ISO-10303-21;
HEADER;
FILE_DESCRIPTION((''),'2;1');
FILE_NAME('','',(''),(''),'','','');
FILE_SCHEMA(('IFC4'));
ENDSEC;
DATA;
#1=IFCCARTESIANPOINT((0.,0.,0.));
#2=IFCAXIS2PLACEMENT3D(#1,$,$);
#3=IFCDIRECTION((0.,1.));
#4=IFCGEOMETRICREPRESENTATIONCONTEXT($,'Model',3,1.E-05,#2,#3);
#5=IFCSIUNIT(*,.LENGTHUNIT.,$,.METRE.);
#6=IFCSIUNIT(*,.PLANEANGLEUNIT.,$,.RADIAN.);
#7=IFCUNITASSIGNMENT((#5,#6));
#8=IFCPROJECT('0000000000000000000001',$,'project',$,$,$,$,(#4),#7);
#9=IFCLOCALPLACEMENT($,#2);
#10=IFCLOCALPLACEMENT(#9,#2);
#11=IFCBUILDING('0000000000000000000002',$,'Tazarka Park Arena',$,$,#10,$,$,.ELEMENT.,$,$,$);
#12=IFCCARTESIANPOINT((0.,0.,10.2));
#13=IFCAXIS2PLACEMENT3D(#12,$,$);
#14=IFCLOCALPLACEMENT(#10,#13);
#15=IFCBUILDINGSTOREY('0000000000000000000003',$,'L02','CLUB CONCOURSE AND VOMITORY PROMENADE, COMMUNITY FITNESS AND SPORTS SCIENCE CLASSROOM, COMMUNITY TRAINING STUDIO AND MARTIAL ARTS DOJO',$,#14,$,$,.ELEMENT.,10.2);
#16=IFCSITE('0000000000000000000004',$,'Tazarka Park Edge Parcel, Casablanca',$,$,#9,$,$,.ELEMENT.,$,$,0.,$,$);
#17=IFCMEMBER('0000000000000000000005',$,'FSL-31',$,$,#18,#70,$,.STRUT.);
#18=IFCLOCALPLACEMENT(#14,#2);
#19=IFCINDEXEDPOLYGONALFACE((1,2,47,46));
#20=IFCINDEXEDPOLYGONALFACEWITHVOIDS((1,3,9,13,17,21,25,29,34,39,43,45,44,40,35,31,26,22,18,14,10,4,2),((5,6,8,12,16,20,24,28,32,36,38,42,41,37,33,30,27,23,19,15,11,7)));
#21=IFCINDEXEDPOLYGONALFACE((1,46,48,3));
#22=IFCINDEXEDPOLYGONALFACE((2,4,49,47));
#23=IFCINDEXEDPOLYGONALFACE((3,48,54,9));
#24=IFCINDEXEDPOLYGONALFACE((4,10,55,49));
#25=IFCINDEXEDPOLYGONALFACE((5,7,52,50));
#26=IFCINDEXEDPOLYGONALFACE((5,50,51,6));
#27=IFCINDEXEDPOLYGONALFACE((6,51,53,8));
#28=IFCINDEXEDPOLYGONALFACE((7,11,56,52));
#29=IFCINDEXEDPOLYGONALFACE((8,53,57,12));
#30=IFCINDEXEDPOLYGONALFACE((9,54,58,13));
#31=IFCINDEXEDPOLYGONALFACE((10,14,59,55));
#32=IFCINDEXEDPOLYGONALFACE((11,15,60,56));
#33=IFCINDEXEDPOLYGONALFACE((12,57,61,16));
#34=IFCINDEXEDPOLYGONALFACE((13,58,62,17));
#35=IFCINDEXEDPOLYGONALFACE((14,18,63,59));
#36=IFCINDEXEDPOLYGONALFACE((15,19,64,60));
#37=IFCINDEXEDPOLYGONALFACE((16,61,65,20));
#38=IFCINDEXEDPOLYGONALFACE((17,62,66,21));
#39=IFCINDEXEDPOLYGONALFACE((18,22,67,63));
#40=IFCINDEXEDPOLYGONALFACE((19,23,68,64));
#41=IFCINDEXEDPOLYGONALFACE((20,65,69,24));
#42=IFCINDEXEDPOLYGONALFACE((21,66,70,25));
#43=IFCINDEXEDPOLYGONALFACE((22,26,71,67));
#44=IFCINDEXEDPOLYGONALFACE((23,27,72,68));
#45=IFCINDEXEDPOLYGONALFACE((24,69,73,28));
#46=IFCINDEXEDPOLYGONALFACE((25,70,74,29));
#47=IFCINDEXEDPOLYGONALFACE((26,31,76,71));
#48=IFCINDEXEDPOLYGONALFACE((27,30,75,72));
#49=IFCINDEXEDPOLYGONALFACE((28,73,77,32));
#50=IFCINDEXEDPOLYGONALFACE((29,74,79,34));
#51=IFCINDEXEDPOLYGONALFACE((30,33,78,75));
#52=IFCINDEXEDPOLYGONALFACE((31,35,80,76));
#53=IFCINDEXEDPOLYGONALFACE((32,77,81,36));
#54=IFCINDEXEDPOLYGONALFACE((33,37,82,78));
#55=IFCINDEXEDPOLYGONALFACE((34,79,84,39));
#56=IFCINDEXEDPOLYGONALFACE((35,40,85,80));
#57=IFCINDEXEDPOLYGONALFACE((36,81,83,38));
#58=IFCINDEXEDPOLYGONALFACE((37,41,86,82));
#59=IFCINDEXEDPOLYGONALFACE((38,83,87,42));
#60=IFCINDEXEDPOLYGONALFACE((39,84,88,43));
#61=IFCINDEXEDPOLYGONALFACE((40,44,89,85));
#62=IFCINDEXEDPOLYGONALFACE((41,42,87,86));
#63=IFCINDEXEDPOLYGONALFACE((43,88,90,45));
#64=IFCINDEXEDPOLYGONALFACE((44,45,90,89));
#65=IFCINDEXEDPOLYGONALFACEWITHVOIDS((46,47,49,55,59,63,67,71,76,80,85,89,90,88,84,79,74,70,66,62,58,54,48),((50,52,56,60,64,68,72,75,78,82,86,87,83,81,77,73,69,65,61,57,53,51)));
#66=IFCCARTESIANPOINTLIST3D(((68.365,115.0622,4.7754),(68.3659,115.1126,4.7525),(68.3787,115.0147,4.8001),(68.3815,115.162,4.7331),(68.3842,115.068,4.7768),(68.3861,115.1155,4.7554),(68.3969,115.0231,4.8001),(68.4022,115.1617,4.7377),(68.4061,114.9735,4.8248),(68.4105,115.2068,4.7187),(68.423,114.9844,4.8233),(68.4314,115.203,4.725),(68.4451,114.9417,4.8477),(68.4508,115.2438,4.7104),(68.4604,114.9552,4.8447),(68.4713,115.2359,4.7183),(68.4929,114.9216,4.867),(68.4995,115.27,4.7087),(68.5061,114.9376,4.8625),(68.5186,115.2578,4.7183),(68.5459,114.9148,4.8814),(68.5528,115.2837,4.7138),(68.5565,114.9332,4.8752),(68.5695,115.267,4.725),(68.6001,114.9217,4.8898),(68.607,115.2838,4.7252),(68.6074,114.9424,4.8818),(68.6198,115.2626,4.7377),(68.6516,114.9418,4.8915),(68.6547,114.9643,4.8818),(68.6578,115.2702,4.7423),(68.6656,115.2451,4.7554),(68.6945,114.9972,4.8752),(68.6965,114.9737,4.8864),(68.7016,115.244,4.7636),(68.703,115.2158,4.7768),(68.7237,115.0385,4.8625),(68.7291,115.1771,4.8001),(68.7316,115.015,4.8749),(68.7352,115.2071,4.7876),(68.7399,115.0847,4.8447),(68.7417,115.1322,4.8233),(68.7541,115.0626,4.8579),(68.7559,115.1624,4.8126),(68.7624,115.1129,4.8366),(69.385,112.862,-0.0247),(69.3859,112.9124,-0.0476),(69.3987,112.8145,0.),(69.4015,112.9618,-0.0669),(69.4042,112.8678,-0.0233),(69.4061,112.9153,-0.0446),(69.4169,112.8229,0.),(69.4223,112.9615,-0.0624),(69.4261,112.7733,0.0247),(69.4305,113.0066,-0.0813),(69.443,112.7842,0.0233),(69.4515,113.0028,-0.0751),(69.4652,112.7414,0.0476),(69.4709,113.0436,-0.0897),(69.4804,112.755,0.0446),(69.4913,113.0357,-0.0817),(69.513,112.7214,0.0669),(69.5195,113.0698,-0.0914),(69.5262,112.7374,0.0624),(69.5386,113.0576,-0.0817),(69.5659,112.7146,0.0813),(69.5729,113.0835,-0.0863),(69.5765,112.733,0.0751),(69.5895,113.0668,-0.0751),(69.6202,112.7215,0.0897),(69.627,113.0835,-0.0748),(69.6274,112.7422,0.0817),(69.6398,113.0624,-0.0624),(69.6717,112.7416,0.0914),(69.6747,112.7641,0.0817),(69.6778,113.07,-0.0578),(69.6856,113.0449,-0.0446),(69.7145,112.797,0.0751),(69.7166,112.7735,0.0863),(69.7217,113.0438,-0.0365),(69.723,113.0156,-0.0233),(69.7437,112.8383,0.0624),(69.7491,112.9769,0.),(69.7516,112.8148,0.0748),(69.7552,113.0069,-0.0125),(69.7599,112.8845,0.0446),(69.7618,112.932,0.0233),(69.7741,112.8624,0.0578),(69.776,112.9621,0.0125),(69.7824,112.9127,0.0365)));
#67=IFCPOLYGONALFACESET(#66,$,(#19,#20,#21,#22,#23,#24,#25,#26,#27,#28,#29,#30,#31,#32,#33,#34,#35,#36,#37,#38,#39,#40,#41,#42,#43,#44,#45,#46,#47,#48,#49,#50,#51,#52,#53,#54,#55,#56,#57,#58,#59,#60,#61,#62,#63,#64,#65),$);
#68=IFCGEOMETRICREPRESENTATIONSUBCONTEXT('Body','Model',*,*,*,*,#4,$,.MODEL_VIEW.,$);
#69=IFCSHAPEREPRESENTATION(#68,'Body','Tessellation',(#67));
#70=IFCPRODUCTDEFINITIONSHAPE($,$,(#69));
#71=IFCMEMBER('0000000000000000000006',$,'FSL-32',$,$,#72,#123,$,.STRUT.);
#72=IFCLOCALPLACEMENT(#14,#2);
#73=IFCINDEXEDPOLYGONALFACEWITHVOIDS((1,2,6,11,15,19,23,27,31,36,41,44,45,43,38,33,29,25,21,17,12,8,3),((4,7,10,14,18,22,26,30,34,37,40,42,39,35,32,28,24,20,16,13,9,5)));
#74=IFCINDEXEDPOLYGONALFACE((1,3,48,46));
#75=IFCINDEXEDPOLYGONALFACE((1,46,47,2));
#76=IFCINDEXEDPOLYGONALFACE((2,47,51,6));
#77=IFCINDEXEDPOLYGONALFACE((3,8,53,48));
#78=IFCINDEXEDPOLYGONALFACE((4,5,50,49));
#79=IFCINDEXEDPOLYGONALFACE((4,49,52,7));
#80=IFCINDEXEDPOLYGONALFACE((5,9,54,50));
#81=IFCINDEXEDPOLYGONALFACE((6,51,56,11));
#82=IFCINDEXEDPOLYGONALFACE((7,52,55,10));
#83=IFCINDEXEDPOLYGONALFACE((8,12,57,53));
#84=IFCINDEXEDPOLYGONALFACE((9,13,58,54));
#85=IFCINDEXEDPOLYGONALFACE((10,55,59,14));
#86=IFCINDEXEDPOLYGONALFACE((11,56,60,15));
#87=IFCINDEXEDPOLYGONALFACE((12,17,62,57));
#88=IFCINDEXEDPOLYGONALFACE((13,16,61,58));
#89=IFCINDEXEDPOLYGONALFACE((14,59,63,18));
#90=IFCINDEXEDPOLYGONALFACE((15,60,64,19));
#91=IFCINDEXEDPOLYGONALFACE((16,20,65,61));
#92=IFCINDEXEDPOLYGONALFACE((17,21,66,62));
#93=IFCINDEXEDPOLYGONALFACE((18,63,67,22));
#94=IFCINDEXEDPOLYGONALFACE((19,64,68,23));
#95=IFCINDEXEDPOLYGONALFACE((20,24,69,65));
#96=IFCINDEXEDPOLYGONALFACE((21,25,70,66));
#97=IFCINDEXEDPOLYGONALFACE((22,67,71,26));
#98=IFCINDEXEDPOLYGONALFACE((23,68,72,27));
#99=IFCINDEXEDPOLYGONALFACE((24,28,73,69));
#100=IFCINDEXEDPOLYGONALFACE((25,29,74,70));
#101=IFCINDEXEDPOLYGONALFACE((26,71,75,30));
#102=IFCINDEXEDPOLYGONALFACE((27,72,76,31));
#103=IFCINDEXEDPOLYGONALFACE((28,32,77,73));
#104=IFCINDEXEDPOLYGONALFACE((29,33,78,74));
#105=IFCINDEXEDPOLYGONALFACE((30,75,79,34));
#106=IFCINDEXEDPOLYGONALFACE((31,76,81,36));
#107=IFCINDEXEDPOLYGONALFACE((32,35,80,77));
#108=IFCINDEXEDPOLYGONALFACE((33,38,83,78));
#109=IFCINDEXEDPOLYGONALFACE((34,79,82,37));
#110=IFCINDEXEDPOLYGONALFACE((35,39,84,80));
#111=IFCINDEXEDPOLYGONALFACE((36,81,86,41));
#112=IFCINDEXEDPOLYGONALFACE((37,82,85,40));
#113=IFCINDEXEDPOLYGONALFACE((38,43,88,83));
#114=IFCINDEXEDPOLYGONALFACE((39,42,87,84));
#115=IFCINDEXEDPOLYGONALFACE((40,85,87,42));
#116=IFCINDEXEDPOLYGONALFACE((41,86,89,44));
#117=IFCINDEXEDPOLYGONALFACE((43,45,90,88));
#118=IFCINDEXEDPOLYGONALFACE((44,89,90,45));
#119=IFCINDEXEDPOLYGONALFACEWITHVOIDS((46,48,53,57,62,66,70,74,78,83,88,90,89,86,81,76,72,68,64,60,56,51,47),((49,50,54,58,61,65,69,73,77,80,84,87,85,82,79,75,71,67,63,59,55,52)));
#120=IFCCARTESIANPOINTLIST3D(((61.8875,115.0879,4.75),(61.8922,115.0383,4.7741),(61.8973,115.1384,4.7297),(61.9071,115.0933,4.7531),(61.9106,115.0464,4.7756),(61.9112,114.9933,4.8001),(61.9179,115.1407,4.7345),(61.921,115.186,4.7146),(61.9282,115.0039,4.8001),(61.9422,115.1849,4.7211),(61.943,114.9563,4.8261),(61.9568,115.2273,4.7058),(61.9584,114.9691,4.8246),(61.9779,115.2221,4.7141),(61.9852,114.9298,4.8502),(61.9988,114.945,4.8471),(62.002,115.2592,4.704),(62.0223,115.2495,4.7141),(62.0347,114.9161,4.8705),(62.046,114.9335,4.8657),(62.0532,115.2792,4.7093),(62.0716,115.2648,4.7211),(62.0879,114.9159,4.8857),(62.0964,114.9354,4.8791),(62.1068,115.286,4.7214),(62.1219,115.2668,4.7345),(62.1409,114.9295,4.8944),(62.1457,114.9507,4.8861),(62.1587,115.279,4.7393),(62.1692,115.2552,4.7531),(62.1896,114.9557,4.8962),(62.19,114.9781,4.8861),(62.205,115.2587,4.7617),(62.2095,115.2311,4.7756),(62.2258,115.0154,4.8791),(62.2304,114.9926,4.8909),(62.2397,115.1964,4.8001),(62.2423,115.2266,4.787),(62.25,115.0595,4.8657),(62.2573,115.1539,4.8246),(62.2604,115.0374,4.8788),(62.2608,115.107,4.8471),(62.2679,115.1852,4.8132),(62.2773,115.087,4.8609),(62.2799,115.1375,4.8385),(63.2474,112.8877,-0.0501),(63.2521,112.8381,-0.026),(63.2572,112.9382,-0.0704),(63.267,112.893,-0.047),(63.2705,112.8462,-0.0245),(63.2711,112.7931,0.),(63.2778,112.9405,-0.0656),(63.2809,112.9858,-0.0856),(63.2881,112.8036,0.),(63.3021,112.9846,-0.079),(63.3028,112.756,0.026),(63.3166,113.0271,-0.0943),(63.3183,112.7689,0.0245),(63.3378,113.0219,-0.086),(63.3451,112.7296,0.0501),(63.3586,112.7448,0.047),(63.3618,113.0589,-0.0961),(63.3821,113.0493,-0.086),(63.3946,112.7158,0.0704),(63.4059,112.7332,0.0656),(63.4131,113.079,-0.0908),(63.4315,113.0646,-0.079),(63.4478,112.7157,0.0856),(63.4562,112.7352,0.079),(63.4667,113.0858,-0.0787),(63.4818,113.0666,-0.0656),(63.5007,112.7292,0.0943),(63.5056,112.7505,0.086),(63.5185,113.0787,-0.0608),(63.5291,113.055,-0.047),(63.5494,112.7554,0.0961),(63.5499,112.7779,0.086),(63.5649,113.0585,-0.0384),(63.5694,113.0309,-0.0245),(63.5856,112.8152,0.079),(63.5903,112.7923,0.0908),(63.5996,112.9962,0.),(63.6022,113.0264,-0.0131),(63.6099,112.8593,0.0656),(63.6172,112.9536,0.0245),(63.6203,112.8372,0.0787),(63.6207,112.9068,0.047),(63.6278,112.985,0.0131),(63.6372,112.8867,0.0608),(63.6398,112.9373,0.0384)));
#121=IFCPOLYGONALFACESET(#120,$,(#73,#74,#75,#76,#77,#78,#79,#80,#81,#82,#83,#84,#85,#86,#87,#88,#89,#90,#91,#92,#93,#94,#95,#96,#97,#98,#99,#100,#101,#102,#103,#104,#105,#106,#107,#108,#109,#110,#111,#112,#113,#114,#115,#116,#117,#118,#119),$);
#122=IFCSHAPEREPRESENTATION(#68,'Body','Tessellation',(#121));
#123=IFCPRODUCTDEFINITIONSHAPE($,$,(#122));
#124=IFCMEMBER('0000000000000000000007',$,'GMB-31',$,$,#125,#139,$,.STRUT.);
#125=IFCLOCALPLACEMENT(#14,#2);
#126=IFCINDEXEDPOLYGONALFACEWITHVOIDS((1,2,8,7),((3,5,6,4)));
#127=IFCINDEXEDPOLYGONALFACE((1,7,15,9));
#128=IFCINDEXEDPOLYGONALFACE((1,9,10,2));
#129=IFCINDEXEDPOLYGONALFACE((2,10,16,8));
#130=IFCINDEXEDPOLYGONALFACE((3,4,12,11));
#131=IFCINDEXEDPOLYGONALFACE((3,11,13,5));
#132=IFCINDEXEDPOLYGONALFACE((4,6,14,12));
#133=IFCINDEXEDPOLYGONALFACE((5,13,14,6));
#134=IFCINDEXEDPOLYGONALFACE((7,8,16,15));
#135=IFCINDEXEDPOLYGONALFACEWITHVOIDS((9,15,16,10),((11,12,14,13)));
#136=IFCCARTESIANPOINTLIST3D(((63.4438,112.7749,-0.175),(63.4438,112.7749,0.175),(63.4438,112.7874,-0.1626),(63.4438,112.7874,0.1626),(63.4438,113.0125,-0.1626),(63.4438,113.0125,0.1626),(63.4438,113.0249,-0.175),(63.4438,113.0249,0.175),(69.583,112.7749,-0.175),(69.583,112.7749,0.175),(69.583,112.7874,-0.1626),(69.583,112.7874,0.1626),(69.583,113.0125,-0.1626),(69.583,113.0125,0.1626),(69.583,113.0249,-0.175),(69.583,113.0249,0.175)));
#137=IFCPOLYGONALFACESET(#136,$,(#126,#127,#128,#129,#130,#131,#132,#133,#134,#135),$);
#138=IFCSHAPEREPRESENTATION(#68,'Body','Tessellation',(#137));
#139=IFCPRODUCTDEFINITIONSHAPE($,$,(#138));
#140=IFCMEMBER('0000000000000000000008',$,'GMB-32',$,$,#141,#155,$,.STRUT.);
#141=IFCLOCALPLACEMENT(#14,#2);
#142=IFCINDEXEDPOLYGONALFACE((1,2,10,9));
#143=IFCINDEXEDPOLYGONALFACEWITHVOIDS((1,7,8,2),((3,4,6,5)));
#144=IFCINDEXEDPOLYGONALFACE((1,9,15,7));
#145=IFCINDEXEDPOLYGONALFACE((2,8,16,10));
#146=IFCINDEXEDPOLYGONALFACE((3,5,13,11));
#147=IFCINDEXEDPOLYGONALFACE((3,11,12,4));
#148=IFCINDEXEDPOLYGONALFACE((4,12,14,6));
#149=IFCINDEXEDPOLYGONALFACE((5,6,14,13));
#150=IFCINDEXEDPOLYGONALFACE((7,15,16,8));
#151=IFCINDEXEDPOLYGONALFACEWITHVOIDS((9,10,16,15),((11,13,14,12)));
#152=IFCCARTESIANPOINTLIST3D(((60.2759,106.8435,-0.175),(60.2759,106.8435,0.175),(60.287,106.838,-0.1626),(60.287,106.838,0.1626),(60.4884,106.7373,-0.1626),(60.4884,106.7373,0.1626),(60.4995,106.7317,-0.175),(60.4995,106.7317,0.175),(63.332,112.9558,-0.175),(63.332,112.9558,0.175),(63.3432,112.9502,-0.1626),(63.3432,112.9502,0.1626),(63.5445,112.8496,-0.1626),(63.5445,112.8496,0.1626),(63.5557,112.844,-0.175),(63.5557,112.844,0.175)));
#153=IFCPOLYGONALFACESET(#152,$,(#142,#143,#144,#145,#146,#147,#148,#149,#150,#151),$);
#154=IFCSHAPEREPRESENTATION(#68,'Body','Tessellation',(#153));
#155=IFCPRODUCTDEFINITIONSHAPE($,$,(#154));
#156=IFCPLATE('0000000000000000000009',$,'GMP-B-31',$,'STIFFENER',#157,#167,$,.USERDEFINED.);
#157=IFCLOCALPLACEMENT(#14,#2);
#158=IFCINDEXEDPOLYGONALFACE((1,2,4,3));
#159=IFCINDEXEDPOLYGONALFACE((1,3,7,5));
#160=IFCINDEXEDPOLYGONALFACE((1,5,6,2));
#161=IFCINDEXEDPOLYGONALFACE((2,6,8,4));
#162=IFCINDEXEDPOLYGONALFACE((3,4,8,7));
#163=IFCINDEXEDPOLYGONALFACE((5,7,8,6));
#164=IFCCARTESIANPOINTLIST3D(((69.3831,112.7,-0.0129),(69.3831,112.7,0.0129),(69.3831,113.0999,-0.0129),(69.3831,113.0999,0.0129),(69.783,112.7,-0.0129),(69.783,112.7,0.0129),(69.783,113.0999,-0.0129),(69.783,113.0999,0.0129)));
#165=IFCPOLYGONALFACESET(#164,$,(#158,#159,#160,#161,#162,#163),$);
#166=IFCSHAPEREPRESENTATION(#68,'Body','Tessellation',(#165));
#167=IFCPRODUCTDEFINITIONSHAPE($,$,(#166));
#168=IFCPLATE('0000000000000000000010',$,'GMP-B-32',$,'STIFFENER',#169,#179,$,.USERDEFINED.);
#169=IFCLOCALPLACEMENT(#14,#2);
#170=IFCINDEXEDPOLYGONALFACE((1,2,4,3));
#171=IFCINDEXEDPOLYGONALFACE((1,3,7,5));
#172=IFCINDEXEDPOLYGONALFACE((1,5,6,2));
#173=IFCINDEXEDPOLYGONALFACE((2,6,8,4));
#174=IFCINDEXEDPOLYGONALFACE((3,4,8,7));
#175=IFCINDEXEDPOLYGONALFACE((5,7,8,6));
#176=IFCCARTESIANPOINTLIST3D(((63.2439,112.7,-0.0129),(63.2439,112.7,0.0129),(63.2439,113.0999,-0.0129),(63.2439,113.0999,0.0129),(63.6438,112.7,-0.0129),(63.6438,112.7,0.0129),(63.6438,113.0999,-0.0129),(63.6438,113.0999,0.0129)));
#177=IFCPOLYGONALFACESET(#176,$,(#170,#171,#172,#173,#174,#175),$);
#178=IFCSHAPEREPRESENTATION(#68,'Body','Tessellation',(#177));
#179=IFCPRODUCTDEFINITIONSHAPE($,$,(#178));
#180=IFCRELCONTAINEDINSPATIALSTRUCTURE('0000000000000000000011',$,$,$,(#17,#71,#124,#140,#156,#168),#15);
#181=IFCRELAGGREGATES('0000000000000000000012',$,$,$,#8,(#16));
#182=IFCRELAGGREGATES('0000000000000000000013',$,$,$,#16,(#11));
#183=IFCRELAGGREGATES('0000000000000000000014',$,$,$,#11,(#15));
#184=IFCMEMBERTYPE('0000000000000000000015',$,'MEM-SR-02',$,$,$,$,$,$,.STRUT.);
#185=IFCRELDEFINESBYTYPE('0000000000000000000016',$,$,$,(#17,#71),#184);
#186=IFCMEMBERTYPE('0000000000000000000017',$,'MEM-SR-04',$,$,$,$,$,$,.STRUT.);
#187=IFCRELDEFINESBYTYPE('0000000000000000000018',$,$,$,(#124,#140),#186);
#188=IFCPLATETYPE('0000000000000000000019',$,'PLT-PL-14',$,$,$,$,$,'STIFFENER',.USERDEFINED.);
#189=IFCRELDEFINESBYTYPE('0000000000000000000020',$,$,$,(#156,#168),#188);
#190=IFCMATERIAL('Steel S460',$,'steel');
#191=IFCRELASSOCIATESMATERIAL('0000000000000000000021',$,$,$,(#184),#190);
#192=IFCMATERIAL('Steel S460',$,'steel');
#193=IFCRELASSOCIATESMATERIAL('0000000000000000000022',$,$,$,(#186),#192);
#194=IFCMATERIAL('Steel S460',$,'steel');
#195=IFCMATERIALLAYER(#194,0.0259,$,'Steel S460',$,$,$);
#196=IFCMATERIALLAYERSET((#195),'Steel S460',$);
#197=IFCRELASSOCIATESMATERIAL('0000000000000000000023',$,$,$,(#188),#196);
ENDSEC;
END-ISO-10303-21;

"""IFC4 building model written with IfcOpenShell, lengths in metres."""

from ifc_helpers import new_model, si_unit, direction, frame, origin, origin_2d, place, context, subcontext, project, spatial, rectangle, hollow_rectangle, hollow_circle, extrude, material, layer, layer_set, material_profile, profile_set, type_object, element, save


model = new_model("IFC4")

# Units and contexts
model_context = context("Model", 3, precision=1e-05, world=origin(), true_north=direction((0.0, 1.0)))
body_context = subcontext(model_context, "Body", "Model", "MODEL_VIEW")
ifc_project = project(units=[si_unit("LENGTHUNIT", "METRE"), si_unit("PLANEANGLEUNIT", "RADIAN")], contexts=[model_context])

# Site, building, storey
site_placement = place(None, origin())
site = spatial("IfcSite", under=ifc_project, at=site_placement, Name="Tazarka Park Edge Parcel, Casablanca", CompositionType="ELEMENT", RefElevation=0.0)
building_placement = place(site_placement, origin())
building = spatial("IfcBuilding", under=site, at=building_placement, Name="Tazarka Park Arena", CompositionType="ELEMENT")
storey_placement = place(building_placement, frame((0.0, 0.0, 10.2)))
storey = spatial("IfcBuildingStorey", under=building, at=storey_placement, Name="L02", Description="CLUB CONCOURSE AND VOMITORY PROMENADE, COMMUNITY FITNESS AND SPORTS SCIENCE CLASSROOM, COMMUNITY TRAINING STUDIO AND MARTIAL ARTS DOJO", CompositionType="ELEMENT", Elevation=10.2)

# Members
ifc_material_1 = material(Name="Steel S460", Category="steel")
ifc_material_profile_1 = material_profile(ifc_material_1, hollow_circle(Radius=0.2031, WallThickness=0.02, at=origin_2d()), Name="Steel S460")
ifc_profile_set_1 = profile_set([ifc_material_profile_1], Name="Steel S460")
member_type_1 = type_object("IfcMemberType", Name="MEM-SR-02", PredefinedType="STRUT", material=ifc_profile_set_1)
member_1_placement = place(storey_placement, frame((69.583, 112.8999, 0.0), z_axis=(-0.189669, 0.409118, 0.892551), x_axis=(-0.907245, -0.420602, 0.0)))
element("IfcMember", 1, at=member_1_placement, inside=storey, type_object=member_type_1, Name="FSL-31", PredefinedType="STRUT", context=body_context, shape_type="SweptSolid", body=[
    extrude(hollow_circle(Radius=0.2031, WallThickness=0.02, at=origin_2d()), origin(), (0.0, 0.0, 1.0), 5.3779),
])
member_2_placement = place(storey_placement, frame((63.4438, 112.8999, 0.0), z_axis=(-0.249398, 0.403515, 0.880327), x_axis=(-0.850639, -0.52575, 0.0)))
element("IfcMember", 2, at=member_2_placement, inside=storey, type_object=member_type_1, Name="FSL-32", PredefinedType="STRUT", context=body_context, shape_type="SweptSolid", body=[
    extrude(hollow_circle(Radius=0.2031, WallThickness=0.02, at=origin_2d()), origin(), (0.0, 0.0, 1.0), 5.4526),
])
ifc_material_2 = material(Name="Steel S460", Category="steel")
ifc_material_profile_2 = material_profile(ifc_material_2, hollow_rectangle(XDim=0.25, YDim=0.3501, WallThickness=0.0125, at=origin_2d()), Name="Steel S460")
ifc_profile_set_2 = profile_set([ifc_material_profile_2], Name="Steel S460")
member_type_2 = type_object("IfcMemberType", Name="MEM-SR-04", PredefinedType="STRUT", material=ifc_profile_set_2)
member_3_placement = place(storey_placement, frame((69.583, 112.8999, 0.0), z_axis=(-1.0, 0.0, 0.0), x_axis=(0.0, -1.0, 0.0)))
element("IfcMember", 3, at=member_3_placement, inside=storey, type_object=member_type_2, Name="GMB-31", PredefinedType="STRUT", context=body_context, shape_type="SweptSolid", body=[
    extrude(hollow_rectangle(XDim=0.25, YDim=0.3501, WallThickness=0.0125, at=origin_2d()), origin(), (0.0, 0.0, 1.0), 6.1392),
])
member_4_placement = place(storey_placement, frame((63.4438, 112.8999, 0.0), z_axis=(-0.447214, -0.894427, 0.0), x_axis=(0.894427, -0.447214, 0.0)))
element("IfcMember", 4, at=member_4_placement, inside=storey, type_object=member_type_2, Name="GMB-32", PredefinedType="STRUT", context=body_context, shape_type="SweptSolid", body=[
    extrude(hollow_rectangle(XDim=0.25, YDim=0.3501, WallThickness=0.0125, at=origin_2d()), origin(), (0.0, 0.0, 1.0), 6.8337),
])

# Plates
ifc_material_3 = material(Name="Steel S460", Category="steel")
ifc_layer_1 = layer(ifc_material_3, 0.0259, Name="Steel S460")
ifc_layer_set_1 = layer_set([ifc_layer_1], Name="Steel S460")
plate_type = type_object("IfcPlateType", Name="PLT-PL-14", ElementType="STIFFENER", PredefinedType="USERDEFINED", material=ifc_layer_set_1)
for number, where, z_axis, x_axis, name in (
    (5, (69.583, 112.8999, -0.0129), (0.0, 0.0, 1.0), (1.0, 0.0, 0.0), "GMP-B-31"),
    (6, (63.4438, 112.8999, -0.0129), (0.0, 0.0, 1.0), (1.0, 0.0, 0.0), "GMP-B-32"),
):
    element("IfcPlate", number, at=place(storey_placement, frame(where, z_axis=z_axis, x_axis=x_axis)), inside=storey, type_object=plate_type, Name=name, ObjectType="STIFFENER", PredefinedType="USERDEFINED", context=body_context, shape_type="SweptSolid", body=[
        extrude(rectangle(XDim=0.3999, YDim=0.3999, at=origin_2d()), origin(), (0.0, 0.0, 1.0), 0.0259),
    ])

save(model, "model.ifc")
